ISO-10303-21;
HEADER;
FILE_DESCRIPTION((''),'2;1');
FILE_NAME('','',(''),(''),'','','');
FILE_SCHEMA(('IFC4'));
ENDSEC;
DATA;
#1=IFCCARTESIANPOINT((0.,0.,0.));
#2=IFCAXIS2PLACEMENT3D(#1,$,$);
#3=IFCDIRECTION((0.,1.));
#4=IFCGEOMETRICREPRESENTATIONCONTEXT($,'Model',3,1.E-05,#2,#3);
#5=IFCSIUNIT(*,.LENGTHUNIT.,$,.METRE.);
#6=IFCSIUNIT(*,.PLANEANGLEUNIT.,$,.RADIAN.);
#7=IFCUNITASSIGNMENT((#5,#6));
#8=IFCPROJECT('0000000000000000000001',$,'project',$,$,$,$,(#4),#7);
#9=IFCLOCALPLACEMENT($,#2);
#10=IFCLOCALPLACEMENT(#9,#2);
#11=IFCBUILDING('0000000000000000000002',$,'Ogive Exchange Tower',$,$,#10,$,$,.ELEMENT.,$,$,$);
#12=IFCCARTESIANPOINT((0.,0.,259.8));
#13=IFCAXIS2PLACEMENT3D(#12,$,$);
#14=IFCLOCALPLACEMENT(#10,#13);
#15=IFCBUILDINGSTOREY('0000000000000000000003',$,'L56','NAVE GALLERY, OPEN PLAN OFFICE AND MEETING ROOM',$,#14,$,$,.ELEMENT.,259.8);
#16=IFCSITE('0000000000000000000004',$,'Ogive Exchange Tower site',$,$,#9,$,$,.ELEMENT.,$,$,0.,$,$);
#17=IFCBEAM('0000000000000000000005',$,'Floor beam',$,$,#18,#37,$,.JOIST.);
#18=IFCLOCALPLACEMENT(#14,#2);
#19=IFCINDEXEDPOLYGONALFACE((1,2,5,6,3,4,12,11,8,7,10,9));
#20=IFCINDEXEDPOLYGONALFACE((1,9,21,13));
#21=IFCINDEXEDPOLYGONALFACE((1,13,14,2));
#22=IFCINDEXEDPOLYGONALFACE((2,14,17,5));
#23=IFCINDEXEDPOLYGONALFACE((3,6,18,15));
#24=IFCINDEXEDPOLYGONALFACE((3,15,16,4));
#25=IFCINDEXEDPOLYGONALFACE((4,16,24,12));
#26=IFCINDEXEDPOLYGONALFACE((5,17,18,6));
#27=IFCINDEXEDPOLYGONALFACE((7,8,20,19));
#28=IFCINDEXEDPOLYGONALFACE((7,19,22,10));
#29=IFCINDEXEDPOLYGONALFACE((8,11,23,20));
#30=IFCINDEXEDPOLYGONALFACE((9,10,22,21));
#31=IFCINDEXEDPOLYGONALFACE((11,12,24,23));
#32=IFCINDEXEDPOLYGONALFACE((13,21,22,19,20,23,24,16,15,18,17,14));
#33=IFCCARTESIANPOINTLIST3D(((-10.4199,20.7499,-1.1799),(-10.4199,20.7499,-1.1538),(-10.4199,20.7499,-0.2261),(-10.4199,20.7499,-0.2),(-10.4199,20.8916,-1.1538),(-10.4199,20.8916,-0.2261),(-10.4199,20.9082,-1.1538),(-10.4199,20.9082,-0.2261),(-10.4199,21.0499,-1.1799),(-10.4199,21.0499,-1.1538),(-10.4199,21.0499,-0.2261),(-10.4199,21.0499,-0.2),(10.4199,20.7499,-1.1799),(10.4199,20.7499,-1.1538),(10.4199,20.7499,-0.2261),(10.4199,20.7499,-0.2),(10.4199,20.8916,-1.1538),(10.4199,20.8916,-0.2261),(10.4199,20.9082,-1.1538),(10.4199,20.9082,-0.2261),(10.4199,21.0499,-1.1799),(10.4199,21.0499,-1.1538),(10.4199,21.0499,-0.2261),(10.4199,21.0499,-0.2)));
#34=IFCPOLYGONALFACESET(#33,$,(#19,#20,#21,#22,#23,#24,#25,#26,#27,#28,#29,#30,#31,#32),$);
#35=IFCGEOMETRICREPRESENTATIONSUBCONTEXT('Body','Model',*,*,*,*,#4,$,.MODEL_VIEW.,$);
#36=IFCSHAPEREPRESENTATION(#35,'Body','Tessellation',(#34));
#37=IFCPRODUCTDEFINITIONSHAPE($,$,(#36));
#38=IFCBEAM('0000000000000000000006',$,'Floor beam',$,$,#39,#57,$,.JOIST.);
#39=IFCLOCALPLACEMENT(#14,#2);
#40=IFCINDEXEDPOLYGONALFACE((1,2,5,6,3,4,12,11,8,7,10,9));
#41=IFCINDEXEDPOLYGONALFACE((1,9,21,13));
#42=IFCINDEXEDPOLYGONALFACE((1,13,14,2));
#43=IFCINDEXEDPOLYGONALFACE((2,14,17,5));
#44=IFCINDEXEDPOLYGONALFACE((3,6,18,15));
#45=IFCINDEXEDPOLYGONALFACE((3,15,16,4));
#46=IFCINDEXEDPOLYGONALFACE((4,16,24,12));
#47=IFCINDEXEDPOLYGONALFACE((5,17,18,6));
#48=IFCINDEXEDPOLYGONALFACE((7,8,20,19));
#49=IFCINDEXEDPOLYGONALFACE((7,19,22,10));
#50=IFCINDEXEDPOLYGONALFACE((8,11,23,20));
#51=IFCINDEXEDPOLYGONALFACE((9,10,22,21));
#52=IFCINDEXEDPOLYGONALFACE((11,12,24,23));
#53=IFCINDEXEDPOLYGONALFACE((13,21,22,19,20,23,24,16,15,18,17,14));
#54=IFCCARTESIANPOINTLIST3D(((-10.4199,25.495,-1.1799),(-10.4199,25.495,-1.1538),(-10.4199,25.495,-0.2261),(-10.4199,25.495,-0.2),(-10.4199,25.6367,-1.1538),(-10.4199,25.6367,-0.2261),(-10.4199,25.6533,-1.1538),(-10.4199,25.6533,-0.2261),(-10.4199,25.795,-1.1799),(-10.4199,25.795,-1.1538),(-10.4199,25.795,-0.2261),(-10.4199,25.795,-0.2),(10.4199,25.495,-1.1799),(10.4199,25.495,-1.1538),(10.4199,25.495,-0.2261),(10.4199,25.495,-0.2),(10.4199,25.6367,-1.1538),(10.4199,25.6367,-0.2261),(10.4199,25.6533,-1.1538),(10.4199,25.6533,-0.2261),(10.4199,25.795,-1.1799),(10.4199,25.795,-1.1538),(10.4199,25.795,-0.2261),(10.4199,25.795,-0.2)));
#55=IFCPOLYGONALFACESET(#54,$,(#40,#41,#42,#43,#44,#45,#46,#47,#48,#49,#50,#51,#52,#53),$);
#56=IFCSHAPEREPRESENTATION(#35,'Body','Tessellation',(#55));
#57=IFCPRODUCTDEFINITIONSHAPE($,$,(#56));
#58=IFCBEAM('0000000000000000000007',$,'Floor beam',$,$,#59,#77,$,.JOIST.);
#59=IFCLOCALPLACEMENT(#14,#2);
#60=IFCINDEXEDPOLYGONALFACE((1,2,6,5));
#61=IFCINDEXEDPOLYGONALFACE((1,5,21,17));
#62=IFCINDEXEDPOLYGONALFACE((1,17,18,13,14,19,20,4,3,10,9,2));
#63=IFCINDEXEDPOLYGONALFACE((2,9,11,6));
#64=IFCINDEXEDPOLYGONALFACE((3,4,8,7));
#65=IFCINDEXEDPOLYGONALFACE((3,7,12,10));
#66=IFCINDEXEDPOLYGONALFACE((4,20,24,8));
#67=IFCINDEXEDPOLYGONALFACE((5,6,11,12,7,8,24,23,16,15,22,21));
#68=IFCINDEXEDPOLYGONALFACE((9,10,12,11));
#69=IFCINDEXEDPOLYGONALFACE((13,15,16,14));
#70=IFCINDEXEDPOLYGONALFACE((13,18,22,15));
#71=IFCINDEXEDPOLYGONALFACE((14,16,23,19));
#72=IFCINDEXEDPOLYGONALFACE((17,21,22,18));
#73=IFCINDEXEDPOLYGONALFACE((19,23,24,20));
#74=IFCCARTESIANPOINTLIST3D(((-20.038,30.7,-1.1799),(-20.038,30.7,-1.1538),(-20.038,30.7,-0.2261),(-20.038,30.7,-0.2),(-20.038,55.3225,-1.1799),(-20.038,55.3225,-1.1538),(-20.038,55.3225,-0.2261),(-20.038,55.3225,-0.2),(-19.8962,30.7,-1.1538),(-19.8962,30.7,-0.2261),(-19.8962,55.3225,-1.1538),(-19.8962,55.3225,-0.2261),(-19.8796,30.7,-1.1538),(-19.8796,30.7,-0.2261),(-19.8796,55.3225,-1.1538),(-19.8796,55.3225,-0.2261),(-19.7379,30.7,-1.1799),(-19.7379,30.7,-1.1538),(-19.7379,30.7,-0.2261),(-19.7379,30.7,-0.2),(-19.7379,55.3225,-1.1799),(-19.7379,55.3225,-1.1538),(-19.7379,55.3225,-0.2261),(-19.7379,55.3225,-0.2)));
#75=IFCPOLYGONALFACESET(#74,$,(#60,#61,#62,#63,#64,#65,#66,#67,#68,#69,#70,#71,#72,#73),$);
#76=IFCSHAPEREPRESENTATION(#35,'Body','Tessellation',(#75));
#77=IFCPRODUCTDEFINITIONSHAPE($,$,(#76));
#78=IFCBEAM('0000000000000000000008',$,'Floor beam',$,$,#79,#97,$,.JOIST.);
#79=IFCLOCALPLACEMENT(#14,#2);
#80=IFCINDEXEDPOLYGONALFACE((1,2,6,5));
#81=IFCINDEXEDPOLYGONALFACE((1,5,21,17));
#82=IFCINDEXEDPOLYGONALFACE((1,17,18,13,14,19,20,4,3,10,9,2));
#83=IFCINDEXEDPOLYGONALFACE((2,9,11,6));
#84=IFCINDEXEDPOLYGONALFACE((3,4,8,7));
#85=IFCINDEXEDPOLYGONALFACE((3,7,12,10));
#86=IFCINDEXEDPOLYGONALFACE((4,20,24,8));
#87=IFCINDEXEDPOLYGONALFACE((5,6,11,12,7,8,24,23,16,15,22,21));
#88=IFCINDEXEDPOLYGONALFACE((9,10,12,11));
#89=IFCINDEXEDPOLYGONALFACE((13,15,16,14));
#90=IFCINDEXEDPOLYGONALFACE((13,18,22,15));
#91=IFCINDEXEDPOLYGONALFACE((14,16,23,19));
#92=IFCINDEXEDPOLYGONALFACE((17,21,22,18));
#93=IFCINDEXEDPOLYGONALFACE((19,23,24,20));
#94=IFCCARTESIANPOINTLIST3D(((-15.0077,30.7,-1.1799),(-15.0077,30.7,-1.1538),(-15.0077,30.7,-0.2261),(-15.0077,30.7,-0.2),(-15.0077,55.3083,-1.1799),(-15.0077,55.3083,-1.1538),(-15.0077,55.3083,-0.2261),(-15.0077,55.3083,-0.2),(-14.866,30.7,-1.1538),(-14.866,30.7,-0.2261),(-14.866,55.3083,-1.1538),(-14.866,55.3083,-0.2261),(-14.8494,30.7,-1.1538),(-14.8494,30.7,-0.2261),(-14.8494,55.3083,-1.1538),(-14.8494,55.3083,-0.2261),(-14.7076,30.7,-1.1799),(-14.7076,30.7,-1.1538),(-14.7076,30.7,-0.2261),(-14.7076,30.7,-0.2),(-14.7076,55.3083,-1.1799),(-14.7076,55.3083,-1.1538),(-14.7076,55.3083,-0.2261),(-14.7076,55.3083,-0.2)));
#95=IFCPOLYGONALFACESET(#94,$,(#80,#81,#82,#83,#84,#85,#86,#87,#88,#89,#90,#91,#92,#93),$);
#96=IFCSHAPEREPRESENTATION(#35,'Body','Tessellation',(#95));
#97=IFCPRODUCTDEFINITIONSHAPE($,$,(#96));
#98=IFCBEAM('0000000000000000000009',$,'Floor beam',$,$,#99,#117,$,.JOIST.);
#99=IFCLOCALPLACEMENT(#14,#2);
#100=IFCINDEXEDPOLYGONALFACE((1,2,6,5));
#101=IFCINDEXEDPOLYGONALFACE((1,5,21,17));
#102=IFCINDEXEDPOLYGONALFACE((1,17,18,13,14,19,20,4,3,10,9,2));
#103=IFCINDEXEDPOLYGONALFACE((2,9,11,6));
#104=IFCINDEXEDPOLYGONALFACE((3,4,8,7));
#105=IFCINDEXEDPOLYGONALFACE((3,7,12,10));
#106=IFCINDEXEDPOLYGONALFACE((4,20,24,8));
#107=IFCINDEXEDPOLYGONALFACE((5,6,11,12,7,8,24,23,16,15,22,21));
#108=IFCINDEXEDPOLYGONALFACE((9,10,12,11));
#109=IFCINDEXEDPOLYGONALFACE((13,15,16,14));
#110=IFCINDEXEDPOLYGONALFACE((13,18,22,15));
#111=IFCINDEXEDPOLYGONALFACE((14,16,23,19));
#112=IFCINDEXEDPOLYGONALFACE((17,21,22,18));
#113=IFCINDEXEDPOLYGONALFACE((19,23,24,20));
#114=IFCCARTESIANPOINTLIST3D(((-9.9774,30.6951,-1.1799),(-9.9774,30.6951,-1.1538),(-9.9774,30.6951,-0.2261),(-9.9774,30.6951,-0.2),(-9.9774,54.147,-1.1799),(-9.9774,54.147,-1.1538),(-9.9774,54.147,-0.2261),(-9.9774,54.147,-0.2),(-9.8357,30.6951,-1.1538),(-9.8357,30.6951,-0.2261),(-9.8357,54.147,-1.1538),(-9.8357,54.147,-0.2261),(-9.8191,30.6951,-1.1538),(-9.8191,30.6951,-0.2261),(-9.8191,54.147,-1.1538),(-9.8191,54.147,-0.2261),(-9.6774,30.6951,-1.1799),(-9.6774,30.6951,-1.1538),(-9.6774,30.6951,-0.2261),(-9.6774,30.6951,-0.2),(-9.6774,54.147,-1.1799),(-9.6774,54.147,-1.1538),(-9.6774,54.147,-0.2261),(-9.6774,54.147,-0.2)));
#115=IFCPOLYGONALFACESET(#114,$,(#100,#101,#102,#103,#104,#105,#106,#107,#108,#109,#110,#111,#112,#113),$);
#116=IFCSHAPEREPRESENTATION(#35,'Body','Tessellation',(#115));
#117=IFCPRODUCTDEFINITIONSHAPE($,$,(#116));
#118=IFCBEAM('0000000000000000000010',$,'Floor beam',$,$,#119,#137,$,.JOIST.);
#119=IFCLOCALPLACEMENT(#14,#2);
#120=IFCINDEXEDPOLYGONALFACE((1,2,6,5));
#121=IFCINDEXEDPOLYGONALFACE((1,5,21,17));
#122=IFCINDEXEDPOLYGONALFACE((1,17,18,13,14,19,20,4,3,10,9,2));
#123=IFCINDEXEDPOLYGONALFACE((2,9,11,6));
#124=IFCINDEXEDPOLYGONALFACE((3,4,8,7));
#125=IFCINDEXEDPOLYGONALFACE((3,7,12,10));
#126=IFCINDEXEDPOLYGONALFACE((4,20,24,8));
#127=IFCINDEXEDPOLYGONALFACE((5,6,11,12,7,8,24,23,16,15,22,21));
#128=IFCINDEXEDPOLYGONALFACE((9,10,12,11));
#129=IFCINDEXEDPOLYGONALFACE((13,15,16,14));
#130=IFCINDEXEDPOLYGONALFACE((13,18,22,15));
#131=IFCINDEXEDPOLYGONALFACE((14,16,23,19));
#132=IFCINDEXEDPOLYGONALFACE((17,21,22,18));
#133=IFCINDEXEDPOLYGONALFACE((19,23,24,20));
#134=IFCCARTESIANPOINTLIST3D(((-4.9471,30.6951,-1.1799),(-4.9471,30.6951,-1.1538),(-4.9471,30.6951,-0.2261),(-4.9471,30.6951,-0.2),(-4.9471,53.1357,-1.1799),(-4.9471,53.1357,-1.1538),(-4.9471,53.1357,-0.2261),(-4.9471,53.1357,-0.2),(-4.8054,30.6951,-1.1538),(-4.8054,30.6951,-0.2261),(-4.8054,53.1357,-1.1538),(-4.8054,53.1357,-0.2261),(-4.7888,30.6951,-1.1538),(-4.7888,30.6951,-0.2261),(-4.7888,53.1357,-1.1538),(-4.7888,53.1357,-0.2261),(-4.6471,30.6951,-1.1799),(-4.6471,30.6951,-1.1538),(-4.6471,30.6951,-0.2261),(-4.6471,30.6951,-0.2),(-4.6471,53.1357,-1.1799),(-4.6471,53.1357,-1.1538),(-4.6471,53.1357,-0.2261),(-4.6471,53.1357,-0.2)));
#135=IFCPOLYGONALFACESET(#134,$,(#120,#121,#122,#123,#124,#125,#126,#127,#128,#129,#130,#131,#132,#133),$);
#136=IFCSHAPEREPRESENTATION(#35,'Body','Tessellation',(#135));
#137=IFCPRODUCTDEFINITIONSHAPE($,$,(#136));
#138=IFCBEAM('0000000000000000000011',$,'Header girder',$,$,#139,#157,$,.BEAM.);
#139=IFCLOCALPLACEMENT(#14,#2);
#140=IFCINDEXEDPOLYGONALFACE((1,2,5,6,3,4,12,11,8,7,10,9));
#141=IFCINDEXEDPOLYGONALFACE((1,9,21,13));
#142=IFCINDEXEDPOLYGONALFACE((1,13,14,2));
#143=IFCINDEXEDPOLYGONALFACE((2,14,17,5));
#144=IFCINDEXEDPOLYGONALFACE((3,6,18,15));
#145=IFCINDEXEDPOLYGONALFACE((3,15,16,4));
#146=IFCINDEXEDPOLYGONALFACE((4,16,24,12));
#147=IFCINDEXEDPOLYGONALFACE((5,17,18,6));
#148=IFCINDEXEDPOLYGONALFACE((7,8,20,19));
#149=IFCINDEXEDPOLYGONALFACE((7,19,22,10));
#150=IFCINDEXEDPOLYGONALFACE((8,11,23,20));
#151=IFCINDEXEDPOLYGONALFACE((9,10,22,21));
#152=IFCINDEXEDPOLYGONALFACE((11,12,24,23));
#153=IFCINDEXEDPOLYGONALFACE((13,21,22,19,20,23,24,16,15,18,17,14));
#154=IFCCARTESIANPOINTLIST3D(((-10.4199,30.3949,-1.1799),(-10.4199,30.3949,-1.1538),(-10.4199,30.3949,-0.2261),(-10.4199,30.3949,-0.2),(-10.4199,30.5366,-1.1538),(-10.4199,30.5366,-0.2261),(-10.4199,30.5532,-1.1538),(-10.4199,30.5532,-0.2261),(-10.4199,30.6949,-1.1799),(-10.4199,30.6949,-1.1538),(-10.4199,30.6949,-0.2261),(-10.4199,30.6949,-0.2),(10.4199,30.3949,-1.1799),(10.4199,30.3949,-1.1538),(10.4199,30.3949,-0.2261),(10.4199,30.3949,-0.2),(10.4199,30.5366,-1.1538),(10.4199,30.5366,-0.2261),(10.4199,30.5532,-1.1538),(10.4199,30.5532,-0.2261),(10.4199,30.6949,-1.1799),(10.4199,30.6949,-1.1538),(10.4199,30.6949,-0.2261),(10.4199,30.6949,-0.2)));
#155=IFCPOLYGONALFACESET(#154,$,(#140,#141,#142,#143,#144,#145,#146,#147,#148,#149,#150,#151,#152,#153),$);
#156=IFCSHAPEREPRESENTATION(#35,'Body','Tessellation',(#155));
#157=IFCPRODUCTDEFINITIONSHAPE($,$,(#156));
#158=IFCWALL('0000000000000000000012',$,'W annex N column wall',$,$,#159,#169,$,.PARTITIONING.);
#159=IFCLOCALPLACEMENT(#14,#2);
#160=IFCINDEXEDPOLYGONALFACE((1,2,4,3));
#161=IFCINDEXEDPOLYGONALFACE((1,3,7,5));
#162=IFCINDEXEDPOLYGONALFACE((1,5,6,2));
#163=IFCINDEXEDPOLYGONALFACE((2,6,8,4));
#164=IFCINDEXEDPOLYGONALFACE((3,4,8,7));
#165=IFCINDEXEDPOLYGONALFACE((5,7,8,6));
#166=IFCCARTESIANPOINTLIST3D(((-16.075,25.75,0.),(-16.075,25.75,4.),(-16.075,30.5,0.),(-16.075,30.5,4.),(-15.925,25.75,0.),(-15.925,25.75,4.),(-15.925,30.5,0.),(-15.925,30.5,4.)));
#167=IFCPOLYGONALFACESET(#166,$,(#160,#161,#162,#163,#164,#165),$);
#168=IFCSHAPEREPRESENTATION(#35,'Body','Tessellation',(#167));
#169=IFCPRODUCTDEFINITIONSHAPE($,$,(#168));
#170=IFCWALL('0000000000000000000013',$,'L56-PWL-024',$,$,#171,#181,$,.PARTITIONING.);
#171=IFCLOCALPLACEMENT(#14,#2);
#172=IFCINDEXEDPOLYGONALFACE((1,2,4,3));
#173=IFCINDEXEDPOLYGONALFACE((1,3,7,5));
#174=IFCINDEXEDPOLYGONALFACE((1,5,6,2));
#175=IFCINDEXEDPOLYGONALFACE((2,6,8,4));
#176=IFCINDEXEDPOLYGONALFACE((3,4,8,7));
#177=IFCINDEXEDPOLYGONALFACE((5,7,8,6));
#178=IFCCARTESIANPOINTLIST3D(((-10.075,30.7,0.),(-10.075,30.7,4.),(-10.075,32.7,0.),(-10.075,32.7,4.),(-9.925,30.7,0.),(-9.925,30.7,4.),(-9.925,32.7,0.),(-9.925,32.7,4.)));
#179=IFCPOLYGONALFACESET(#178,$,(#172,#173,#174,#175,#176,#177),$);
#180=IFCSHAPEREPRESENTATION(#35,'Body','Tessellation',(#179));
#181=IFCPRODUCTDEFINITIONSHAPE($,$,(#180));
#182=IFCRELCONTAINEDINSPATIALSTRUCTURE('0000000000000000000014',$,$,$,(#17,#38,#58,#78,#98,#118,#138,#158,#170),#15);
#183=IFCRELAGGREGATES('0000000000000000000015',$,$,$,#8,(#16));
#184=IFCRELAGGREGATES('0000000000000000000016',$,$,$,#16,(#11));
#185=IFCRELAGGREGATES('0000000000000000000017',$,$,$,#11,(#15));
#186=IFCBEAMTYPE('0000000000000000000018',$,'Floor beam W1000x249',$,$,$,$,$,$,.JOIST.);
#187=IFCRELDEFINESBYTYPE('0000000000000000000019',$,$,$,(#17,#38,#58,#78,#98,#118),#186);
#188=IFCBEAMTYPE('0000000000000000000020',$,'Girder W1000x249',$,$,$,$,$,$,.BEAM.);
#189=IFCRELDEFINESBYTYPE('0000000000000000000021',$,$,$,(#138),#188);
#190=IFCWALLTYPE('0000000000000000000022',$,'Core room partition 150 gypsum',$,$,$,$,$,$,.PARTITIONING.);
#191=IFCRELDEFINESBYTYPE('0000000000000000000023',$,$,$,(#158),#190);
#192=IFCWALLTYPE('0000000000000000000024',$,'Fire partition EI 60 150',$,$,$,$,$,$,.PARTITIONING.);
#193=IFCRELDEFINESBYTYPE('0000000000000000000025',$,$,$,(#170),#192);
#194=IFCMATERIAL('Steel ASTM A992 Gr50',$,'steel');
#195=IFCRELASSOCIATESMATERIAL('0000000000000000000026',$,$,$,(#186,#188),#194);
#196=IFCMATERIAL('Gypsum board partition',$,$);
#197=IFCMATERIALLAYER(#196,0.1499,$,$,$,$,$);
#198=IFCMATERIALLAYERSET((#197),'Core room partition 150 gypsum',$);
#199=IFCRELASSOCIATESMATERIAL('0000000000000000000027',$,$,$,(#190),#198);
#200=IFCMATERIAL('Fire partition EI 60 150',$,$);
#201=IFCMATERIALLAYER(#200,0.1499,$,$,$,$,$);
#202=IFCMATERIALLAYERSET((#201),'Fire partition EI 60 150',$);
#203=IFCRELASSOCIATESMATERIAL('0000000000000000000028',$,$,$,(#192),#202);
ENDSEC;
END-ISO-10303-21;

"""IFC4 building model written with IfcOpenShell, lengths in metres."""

from ifc_helpers import new_model, si_unit, direction, frame, frame_2d, origin, origin_2d, place, context, subcontext, project, spatial, rectangle, i_section, extrude, material, layer, layer_set, material_profile, profile_set, type_object, element, save


model = new_model("IFC4")

# Units and contexts
model_context = context("Model", 3, precision=1e-05, world=origin(), true_north=direction((0.0, 1.0)))
body_context = subcontext(model_context, "Body", "Model", "MODEL_VIEW")
ifc_project = project(units=[si_unit("LENGTHUNIT", "METRE"), si_unit("PLANEANGLEUNIT", "RADIAN")], contexts=[model_context])

# Site, building, storey
site_placement = place(None, origin())
site = spatial("IfcSite", under=ifc_project, at=site_placement, Name="Ogive Exchange Tower site", CompositionType="ELEMENT", RefElevation=0.0)
building_placement = place(site_placement, origin())
building = spatial("IfcBuilding", under=site, at=building_placement, Name="Ogive Exchange Tower", CompositionType="ELEMENT")
storey_placement = place(building_placement, frame((0.0, 0.0, 259.8)))
storey = spatial("IfcBuildingStorey", under=building, at=storey_placement, Name="L56", Description="NAVE GALLERY, OPEN PLAN OFFICE AND MEETING ROOM", CompositionType="ELEMENT", Elevation=259.8)

# Beams
ifc_material_1 = material(Name="Steel ASTM A992 Gr50", Category="steel")
ifc_material_profile_1 = material_profile(ifc_material_1, i_section(OverallWidth=0.3, OverallDepth=0.98, WebThickness=0.0166, FlangeThickness=0.0261, at=origin_2d()), Name="W1000x249")
ifc_profile_set_1 = profile_set([ifc_material_profile_1], Name="Steel ASTM A992 Gr50")
beam_type_1 = type_object("IfcBeamType", Name="Floor beam W1000x249", PredefinedType="JOIST", material=ifc_profile_set_1)
for number, where, z_axis, x_axis, name in (
    (1, (-10.4199, 20.8999, -0.6899), (1.0, 0.0, 0.0), (0.0, 1.0, 0.0), "Floor beam"),
    (2, (-10.4199, 25.645, -0.6899), (1.0, 0.0, 0.0), (0.0, 1.0, 0.0), "Floor beam"),
):
    element("IfcBeam", number, at=place(storey_placement, frame(where, z_axis=z_axis, x_axis=x_axis)), inside=storey, type_object=beam_type_1, Name=name, PredefinedType="JOIST", context=body_context, shape_type="SweptSolid", body=[
        extrude(i_section(OverallWidth=0.3, OverallDepth=0.98, WebThickness=0.0166, FlangeThickness=0.0261, at=origin_2d()), origin(), (0.0, 0.0, 1.0), 20.8398),
    ])
beam_1_placement = place(storey_placement, frame((-19.8879, 30.7, -0.6899), z_axis=(0.0, 1.0, 0.0), x_axis=(-1.0, 0.0, 0.0)))
element("IfcBeam", 3, at=beam_1_placement, inside=storey, type_object=beam_type_1, Name="Floor beam", PredefinedType="JOIST", context=body_context, shape_type="SweptSolid", body=[
    extrude(i_section(OverallWidth=0.3, OverallDepth=0.98, WebThickness=0.0166, FlangeThickness=0.0261, at=origin_2d()), origin(), (0.0, 0.0, 1.0), 24.6226),
])
beam_2_placement = place(storey_placement, frame((-14.8577, 30.7, -0.6899), z_axis=(0.0, 1.0, 0.0), x_axis=(-1.0, 0.0, 0.0)))
element("IfcBeam", 4, at=beam_2_placement, inside=storey, type_object=beam_type_1, Name="Floor beam", PredefinedType="JOIST", context=body_context, shape_type="SweptSolid", body=[
    extrude(i_section(OverallWidth=0.3, OverallDepth=0.98, WebThickness=0.0166, FlangeThickness=0.0261, at=origin_2d()), origin(), (0.0, 0.0, 1.0), 24.6084),
])
beam_3_placement = place(storey_placement, frame((-9.8274, 30.6951, -0.6899), z_axis=(0.0, 1.0, 0.0), x_axis=(-1.0, 0.0, 0.0)))
element("IfcBeam", 5, at=beam_3_placement, inside=storey, type_object=beam_type_1, Name="Floor beam", PredefinedType="JOIST", context=body_context, shape_type="SweptSolid", body=[
    extrude(i_section(OverallWidth=0.3, OverallDepth=0.98, WebThickness=0.0166, FlangeThickness=0.0261, at=origin_2d()), origin(), (0.0, 0.0, 1.0), 23.4519),
])
beam_4_placement = place(storey_placement, frame((-4.7971, 30.6951, -0.6899), z_axis=(0.0, 1.0, 0.0), x_axis=(-1.0, 0.0, 0.0)))
element("IfcBeam", 6, at=beam_4_placement, inside=storey, type_object=beam_type_1, Name="Floor beam", PredefinedType="JOIST", context=body_context, shape_type="SweptSolid", body=[
    extrude(i_section(OverallWidth=0.3, OverallDepth=0.98, WebThickness=0.0166, FlangeThickness=0.0261, at=origin_2d()), origin(), (0.0, 0.0, 1.0), 22.4407),
])
ifc_material_profile_2 = material_profile(ifc_material_1, i_section(OverallWidth=0.3, OverallDepth=0.98, WebThickness=0.0166, FlangeThickness=0.0261, at=origin_2d()), Name="W1000x249")
ifc_profile_set_2 = profile_set([ifc_material_profile_2], Name="Steel ASTM A992 Gr50")
beam_type_2 = type_object("IfcBeamType", Name="Girder W1000x249", PredefinedType="BEAM", material=ifc_profile_set_2)
beam_5_placement = place(storey_placement, frame((-10.4199, 30.5449, -0.6899), z_axis=(1.0, 0.0, 0.0), x_axis=(0.0, 1.0, 0.0)))
element("IfcBeam", 7, at=beam_5_placement, inside=storey, type_object=beam_type_2, Name="Header girder", PredefinedType="BEAM", context=body_context, shape_type="SweptSolid", body=[
    extrude(i_section(OverallWidth=0.3, OverallDepth=0.98, WebThickness=0.0166, FlangeThickness=0.0261, at=origin_2d()), origin(), (0.0, 0.0, 1.0), 20.8398),
])

# Walls
ifc_material_2 = material(Name="Gypsum board partition")
ifc_layer_1 = layer(ifc_material_2, 0.1499)
ifc_layer_set_1 = layer_set([ifc_layer_1], Name="Core room partition 150 gypsum")
wall_type_1 = type_object("IfcWallType", Name="Core room partition 150 gypsum", PredefinedType="PARTITIONING", material=ifc_layer_set_1)
wall_1_placement = place(storey_placement, frame((-16.0, 25.75, 0.0), z_axis=(0.0, 0.0, 1.0), x_axis=(0.0, 1.0, 0.0)))
element("IfcWall", 8, at=wall_1_placement, inside=storey, type_object=wall_type_1, Name="W annex N column wall", PredefinedType="PARTITIONING", context=body_context, shape_type="SweptSolid", body=[
    extrude(rectangle(XDim=4.75, YDim=0.1499, at=frame_2d((2.375, 0.0))), origin(), (0.0, 0.0, 1.0), 4.0),
])
ifc_material_3 = material(Name="Fire partition EI 60 150")
ifc_layer_2 = layer(ifc_material_3, 0.1499)
ifc_layer_set_2 = layer_set([ifc_layer_2], Name="Fire partition EI 60 150")
wall_type_2 = type_object("IfcWallType", Name="Fire partition EI 60 150", PredefinedType="PARTITIONING", material=ifc_layer_set_2)
wall_2_placement = place(storey_placement, frame((-10.0, 30.7, 0.0), z_axis=(0.0, 0.0, 1.0), x_axis=(0.0, 1.0, 0.0)))
element("IfcWall", 9, at=wall_2_placement, inside=storey, type_object=wall_type_2, Name="L56-PWL-024", PredefinedType="PARTITIONING", context=body_context, shape_type="SweptSolid", body=[
    extrude(rectangle(XDim=2.0, YDim=0.1499, at=frame_2d((1.0, 0.0))), origin(), (0.0, 0.0, 1.0), 4.0),
])

save(model, "model.ifc")
